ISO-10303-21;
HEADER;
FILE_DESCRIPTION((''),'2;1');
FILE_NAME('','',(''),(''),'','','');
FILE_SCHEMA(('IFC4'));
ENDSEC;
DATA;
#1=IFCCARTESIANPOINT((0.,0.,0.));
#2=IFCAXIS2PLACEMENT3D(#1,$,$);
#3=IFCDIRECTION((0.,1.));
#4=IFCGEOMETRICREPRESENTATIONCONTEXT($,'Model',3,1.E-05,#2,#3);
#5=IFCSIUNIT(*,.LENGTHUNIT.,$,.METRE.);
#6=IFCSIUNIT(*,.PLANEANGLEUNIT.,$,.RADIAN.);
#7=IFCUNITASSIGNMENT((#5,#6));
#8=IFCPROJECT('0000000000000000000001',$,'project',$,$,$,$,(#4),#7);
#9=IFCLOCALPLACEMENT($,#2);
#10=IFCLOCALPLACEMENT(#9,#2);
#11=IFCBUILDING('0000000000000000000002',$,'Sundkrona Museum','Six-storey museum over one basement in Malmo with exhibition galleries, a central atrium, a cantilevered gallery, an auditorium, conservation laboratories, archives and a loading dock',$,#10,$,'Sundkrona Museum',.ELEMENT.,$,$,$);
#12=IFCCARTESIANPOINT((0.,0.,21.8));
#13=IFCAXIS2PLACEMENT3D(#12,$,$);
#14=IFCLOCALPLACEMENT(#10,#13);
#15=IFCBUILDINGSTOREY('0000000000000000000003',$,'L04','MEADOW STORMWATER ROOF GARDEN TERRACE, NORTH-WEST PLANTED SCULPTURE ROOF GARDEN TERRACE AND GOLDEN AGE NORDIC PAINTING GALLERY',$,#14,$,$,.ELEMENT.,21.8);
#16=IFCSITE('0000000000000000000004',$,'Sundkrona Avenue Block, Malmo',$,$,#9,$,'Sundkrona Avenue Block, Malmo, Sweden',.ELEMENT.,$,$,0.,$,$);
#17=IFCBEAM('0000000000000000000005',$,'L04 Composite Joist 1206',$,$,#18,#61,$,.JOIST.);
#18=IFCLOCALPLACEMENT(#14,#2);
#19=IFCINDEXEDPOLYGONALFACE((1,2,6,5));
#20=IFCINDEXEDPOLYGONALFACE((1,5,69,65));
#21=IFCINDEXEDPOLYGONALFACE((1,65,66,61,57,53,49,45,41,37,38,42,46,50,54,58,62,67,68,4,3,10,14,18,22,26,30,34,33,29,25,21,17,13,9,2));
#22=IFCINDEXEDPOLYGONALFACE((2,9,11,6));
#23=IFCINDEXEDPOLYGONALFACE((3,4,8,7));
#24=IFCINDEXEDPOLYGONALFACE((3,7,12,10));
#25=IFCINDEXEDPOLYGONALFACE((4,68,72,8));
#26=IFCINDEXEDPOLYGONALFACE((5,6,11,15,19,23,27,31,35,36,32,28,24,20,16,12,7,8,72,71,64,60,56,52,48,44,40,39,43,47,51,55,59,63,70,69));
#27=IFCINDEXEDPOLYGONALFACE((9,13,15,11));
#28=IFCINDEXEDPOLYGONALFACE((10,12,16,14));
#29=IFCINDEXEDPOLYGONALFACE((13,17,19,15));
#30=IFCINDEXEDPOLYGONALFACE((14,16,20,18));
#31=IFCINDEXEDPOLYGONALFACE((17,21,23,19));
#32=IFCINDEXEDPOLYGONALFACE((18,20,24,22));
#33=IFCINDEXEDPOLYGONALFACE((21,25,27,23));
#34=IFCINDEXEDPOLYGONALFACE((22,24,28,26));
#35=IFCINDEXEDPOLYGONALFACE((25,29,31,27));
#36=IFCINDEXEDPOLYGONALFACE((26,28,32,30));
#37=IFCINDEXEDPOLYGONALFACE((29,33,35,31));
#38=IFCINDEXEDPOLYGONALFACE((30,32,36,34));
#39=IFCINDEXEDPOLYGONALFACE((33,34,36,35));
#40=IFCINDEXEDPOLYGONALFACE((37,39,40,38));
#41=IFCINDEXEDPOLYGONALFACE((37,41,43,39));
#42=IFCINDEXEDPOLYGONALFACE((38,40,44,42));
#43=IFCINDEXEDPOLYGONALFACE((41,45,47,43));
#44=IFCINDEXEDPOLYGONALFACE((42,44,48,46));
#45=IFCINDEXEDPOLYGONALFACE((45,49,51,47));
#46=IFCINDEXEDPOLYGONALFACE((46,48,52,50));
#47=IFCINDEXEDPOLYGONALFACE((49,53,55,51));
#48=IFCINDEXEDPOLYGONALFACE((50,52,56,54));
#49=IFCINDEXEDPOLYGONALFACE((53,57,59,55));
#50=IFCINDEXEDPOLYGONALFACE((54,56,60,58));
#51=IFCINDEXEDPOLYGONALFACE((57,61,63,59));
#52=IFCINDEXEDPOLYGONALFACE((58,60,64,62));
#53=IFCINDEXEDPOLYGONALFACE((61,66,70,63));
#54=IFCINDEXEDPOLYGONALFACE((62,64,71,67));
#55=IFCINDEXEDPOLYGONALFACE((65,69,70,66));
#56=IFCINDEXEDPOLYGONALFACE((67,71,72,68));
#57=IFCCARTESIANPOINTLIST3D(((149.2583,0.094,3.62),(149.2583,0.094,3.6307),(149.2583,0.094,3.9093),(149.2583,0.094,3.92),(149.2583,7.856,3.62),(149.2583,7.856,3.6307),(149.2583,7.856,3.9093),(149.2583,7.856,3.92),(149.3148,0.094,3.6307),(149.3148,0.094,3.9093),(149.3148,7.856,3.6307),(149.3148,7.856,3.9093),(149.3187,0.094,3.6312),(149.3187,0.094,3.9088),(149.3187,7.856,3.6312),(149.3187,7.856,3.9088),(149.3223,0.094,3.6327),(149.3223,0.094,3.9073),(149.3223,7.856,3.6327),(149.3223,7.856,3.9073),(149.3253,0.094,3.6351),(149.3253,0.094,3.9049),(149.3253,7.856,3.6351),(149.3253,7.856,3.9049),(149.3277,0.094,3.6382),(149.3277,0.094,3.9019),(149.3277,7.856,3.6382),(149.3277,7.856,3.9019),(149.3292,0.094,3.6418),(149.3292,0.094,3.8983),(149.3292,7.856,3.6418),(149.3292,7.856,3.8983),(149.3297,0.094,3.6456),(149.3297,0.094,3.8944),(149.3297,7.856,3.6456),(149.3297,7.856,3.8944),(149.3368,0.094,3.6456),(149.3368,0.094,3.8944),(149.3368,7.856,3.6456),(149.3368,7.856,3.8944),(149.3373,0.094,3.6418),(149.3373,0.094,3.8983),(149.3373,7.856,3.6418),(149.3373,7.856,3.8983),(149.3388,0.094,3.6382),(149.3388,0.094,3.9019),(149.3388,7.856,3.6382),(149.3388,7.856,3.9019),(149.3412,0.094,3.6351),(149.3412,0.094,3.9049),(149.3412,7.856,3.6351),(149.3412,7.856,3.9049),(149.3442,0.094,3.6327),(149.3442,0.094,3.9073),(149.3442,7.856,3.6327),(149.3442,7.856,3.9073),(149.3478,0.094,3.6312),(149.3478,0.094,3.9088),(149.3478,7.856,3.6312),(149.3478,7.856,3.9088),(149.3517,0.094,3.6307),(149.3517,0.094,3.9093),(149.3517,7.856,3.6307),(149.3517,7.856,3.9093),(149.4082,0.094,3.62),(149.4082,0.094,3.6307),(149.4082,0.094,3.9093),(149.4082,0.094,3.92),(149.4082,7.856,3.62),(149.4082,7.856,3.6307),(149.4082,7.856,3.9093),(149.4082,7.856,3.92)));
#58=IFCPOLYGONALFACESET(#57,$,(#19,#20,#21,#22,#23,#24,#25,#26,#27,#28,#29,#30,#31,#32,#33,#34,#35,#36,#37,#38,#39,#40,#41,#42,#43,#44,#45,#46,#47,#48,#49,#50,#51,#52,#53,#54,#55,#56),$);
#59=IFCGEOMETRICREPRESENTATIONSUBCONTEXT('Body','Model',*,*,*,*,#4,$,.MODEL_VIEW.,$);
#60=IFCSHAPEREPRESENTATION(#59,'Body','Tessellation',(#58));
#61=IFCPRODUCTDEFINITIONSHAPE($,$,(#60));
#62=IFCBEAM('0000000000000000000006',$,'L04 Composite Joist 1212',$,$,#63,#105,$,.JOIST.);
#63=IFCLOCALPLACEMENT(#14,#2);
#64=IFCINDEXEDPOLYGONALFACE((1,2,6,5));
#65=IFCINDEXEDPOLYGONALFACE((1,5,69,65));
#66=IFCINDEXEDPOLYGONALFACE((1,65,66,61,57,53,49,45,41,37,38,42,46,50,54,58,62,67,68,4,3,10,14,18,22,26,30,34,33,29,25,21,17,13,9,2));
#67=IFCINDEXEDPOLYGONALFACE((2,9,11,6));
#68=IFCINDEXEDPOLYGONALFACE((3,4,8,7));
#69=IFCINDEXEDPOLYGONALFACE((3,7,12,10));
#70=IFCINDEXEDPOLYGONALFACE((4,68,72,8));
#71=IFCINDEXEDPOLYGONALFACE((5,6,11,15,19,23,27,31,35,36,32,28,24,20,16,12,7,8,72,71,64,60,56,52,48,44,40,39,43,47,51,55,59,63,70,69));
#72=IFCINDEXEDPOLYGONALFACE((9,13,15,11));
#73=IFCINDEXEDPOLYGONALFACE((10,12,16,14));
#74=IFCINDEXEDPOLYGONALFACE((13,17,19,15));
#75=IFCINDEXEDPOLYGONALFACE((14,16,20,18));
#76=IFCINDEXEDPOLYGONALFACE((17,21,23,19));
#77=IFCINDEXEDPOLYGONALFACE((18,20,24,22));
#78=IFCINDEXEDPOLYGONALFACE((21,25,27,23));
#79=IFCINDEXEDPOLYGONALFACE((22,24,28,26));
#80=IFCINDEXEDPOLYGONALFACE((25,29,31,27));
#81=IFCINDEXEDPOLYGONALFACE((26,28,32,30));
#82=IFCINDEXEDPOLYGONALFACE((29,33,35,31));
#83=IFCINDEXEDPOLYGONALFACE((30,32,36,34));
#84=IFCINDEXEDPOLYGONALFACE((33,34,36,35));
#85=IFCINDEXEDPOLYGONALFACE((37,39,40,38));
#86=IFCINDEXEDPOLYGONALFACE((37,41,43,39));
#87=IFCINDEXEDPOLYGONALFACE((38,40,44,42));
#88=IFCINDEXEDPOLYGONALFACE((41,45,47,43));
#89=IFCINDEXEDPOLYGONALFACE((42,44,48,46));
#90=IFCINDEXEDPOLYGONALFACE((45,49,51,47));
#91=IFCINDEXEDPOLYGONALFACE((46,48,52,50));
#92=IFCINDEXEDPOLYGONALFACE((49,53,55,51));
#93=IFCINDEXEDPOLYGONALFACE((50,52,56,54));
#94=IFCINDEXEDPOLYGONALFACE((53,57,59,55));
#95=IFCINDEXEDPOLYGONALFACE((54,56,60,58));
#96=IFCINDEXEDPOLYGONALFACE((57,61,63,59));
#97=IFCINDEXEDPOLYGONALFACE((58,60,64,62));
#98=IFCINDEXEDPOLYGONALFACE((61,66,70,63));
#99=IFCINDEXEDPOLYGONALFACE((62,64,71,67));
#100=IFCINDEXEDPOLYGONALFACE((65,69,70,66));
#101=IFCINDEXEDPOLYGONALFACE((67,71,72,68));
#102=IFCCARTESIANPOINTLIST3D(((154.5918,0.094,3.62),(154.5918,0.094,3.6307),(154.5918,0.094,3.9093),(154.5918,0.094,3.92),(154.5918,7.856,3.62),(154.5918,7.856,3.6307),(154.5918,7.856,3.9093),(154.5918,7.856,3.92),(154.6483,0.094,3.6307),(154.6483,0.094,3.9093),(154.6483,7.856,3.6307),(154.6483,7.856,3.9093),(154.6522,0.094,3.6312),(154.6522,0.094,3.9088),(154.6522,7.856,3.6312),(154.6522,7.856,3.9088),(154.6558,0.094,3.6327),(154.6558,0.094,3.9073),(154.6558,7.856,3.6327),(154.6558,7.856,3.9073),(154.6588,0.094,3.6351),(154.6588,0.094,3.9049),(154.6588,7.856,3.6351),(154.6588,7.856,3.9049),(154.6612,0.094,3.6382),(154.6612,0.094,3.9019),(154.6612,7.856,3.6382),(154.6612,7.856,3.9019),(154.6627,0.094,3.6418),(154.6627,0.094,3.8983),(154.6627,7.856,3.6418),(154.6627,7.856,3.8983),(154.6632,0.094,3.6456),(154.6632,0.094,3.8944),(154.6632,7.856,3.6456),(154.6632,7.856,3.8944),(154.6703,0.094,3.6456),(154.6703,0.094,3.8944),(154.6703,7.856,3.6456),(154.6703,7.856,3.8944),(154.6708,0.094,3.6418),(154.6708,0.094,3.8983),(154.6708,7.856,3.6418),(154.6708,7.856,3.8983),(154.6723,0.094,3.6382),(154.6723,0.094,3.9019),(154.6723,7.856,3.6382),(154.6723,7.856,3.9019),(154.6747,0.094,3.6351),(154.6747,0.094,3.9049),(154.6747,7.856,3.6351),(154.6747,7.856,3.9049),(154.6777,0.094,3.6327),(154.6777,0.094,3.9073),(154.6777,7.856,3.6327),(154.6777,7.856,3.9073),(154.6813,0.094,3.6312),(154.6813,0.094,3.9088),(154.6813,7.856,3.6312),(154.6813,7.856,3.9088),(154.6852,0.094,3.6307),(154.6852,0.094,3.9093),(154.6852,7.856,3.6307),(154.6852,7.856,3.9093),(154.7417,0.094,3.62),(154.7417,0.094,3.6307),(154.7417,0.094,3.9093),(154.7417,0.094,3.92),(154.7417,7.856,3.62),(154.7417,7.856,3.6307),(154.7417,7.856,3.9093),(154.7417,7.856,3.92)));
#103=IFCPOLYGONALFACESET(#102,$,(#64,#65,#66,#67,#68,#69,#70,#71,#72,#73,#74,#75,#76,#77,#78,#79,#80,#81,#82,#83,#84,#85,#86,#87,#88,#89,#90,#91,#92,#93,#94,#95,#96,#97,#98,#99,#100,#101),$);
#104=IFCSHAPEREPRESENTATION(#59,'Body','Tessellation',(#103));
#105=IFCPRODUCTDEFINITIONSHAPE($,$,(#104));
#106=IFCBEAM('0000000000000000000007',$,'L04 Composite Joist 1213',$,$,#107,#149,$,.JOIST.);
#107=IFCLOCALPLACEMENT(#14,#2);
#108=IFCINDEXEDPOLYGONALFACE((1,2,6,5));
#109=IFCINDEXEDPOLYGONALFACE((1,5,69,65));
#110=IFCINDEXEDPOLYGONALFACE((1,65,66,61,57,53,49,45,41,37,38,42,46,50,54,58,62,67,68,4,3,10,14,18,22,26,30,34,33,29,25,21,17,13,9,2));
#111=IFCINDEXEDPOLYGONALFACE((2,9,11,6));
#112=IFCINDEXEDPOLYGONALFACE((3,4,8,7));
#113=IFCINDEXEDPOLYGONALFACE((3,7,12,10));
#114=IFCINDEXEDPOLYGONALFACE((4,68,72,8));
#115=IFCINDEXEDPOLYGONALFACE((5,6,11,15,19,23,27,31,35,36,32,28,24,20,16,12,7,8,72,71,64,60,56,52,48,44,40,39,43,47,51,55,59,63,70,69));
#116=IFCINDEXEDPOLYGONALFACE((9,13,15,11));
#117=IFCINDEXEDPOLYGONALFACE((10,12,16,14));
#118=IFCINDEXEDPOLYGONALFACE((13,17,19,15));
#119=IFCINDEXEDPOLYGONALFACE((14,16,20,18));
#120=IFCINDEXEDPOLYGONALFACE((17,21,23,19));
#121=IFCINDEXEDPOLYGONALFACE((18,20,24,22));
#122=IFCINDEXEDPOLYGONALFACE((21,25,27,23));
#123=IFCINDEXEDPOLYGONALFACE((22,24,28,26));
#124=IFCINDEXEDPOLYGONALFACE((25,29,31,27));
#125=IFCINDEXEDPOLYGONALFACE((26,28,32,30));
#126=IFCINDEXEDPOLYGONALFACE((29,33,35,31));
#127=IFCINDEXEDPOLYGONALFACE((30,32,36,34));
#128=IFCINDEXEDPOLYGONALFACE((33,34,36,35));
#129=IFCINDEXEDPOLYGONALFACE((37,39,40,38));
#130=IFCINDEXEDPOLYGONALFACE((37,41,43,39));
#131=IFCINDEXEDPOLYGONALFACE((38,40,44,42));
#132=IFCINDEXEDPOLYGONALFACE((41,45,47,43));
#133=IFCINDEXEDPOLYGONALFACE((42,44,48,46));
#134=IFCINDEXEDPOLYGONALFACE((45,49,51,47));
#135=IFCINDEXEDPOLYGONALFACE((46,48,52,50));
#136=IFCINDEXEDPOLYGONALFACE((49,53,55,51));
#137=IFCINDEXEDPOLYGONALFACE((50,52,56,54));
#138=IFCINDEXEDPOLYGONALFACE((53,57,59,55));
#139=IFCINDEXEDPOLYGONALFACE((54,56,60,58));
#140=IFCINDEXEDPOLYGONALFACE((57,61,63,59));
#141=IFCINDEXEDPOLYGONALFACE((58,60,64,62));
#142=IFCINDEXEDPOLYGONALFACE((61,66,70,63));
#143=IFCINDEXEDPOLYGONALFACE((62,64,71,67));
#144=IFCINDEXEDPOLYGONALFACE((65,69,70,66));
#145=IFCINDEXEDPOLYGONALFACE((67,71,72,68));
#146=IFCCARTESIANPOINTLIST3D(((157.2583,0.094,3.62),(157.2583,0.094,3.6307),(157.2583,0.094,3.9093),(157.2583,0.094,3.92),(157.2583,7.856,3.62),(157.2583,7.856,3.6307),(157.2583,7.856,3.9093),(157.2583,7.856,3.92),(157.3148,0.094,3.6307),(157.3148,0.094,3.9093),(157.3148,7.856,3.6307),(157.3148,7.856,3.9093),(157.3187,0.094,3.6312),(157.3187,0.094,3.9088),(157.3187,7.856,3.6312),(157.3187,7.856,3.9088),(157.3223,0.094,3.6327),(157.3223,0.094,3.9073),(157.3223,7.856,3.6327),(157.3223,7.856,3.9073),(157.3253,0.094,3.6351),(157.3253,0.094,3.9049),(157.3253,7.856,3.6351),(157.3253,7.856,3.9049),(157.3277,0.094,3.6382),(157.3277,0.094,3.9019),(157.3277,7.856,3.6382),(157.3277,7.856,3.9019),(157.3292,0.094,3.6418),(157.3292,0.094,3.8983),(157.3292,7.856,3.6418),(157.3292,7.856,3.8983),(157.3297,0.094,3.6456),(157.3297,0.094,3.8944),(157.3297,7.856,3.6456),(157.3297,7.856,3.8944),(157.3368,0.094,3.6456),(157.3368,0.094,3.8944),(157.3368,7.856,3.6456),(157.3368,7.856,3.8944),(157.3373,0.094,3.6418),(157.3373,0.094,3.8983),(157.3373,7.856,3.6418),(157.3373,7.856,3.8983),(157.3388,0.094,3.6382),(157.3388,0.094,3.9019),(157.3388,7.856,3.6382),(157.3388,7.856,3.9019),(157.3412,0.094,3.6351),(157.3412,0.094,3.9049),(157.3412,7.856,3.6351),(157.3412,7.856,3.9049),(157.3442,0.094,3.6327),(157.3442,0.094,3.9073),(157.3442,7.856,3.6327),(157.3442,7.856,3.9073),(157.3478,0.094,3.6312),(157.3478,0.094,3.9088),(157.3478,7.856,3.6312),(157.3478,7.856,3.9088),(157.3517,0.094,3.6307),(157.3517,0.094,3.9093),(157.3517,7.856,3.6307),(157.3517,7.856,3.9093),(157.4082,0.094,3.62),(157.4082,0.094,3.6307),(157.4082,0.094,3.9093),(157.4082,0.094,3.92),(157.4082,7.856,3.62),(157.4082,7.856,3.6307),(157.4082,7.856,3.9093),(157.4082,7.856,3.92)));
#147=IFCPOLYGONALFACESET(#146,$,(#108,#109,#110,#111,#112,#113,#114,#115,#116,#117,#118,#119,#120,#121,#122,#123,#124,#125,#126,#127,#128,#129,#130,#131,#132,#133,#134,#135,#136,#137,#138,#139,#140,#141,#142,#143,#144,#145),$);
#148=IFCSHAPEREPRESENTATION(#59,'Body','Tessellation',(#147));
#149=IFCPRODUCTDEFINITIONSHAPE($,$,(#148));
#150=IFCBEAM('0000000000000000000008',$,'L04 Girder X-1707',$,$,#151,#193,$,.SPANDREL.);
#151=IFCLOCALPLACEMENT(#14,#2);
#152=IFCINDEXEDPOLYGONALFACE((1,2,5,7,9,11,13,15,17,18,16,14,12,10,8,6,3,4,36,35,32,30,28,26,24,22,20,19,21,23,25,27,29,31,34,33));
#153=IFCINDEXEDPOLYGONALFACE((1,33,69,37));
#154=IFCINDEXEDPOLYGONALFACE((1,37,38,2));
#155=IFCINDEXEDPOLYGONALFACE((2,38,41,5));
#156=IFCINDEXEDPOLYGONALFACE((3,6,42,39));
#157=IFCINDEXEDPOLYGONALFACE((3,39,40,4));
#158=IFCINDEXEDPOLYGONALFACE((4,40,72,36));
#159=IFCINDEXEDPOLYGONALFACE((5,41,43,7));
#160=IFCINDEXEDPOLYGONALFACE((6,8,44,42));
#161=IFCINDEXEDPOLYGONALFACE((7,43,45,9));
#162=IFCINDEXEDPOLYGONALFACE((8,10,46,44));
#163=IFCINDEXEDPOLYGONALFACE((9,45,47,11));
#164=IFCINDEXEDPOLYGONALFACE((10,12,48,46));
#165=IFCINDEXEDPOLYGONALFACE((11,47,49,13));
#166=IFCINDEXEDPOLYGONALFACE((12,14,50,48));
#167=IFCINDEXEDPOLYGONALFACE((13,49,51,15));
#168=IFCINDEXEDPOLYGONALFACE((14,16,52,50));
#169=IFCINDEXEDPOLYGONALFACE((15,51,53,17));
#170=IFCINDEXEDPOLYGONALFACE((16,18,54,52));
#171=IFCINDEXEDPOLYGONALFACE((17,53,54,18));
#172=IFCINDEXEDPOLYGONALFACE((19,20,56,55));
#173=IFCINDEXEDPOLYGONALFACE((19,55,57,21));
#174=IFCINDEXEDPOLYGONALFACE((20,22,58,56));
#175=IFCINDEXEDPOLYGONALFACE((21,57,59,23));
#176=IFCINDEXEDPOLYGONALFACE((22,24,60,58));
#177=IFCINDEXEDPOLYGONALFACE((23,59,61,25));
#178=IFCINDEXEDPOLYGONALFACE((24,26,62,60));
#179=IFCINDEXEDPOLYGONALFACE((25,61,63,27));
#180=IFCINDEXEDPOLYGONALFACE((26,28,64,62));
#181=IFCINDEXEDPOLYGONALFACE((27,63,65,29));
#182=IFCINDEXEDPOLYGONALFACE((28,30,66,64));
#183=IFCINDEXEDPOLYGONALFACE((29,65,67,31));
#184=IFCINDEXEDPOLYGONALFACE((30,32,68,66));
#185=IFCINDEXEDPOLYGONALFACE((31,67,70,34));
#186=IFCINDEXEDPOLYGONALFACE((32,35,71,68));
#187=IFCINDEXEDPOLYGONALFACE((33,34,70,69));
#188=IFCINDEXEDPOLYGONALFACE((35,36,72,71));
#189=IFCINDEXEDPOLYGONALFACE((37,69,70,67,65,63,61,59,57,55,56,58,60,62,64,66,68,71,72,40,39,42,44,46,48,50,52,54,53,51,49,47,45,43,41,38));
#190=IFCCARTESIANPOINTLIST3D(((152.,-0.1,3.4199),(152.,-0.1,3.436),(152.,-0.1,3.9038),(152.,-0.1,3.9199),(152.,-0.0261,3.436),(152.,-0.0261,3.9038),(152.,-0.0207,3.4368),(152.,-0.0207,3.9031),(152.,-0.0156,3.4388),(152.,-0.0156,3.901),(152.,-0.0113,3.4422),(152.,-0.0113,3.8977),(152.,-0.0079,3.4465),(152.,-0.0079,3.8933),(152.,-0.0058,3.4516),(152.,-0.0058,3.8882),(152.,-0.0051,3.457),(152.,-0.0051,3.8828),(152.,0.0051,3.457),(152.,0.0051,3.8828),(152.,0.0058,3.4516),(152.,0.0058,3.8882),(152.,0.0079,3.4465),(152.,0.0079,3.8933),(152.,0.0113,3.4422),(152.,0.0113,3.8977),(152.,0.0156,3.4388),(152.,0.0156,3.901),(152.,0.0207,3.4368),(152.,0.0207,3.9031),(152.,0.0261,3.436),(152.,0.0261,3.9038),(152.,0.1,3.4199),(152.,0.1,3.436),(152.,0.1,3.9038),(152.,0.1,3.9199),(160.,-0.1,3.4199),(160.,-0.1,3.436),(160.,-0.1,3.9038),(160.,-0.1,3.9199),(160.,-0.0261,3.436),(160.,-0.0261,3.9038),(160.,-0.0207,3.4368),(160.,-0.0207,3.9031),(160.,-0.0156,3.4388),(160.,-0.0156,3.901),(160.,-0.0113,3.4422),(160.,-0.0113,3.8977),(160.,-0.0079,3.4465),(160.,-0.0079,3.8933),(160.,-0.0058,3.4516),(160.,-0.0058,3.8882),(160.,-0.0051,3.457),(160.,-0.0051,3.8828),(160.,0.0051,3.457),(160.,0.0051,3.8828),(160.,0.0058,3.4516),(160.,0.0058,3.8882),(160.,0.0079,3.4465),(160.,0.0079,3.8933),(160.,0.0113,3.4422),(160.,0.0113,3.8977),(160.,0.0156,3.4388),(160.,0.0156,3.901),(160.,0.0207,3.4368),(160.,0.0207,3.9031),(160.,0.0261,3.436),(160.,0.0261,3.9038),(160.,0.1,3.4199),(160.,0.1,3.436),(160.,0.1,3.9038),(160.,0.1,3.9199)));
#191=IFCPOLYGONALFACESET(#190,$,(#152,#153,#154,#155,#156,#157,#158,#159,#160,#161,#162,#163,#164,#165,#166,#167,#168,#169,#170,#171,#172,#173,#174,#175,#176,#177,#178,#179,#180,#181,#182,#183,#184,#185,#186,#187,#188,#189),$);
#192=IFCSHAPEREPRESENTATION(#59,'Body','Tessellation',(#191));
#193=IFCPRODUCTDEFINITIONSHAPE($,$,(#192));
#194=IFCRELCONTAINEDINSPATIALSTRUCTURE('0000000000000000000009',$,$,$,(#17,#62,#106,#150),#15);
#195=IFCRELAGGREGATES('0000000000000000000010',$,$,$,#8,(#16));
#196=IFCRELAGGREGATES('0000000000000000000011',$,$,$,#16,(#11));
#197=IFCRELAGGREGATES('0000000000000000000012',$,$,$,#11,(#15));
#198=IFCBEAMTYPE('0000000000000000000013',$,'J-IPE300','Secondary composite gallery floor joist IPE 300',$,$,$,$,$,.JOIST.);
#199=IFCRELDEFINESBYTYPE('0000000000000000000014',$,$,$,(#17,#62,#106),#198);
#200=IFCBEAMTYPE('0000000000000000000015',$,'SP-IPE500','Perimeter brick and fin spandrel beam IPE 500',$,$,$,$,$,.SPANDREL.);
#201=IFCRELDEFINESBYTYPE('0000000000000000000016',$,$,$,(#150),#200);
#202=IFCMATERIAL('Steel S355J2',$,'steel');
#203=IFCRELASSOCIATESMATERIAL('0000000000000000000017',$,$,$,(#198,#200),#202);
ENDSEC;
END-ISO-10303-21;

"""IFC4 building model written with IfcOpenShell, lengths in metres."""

from ifc_helpers import new_model, si_unit, direction, frame, origin, origin_2d, place, context, subcontext, project, spatial, i_section, extrude, material, material_profile, profile_set, type_object, element, save


model = new_model("IFC4")

# Units and contexts
model_context = context("Model", 3, precision=1e-05, world=origin(), true_north=direction((0.0, 1.0)))
body_context = subcontext(model_context, "Body", "Model", "MODEL_VIEW")
ifc_project = project(units=[si_unit("LENGTHUNIT", "METRE"), si_unit("PLANEANGLEUNIT", "RADIAN")], contexts=[model_context])

# Site, building, storey
site_placement = place(None, origin())
site = spatial("IfcSite", under=ifc_project, at=site_placement, Name="Sundkrona Avenue Block, Malmo", LongName="Sundkrona Avenue Block, Malmo, Sweden", CompositionType="ELEMENT", RefElevation=0.0)
building_placement = place(site_placement, origin())
building = spatial("IfcBuilding", under=site, at=building_placement, Name="Sundkrona Museum", Description="Six-storey museum over one basement in Malmo with exhibition galleries, a central atrium, a cantilevered gallery, an auditorium, conservation laboratories, archives and a loading dock", LongName="Sundkrona Museum", CompositionType="ELEMENT")
storey_placement = place(building_placement, frame((0.0, 0.0, 21.8)))
storey = spatial("IfcBuildingStorey", under=building, at=storey_placement, Name="L04", Description="MEADOW STORMWATER ROOF GARDEN TERRACE, NORTH-WEST PLANTED SCULPTURE ROOF GARDEN TERRACE AND GOLDEN AGE NORDIC PAINTING GALLERY", CompositionType="ELEMENT", Elevation=21.8)

# Shared definitions
ifc_material_1 = material(Name="Steel S355J2", Category="steel")

# Beams
ifc_material_profile_1 = material_profile(ifc_material_1, i_section(OverallWidth=0.1499, OverallDepth=0.3, WebThickness=0.0071, FlangeThickness=0.0107, FilletRadius=0.0149, at=origin_2d()), Name="IPE 300")
ifc_profile_set_1 = profile_set([ifc_material_profile_1], Name="Steel S355J2")
beam_type_1 = type_object("IfcBeamType", Name="J-IPE300", Description="Secondary composite gallery floor joist IPE 300", PredefinedType="JOIST", material=ifc_profile_set_1)
for number, where, z_axis, x_axis, name in (
    (1, (149.3333, 0.094, 3.77), (0.0, 1.0, 0.0), (-1.0, 0.0, 0.0), "L04 Composite Joist 1206"),
    (2, (154.6667, 0.094, 3.77), (0.0, 1.0, 0.0), (-1.0, 0.0, 0.0), "L04 Composite Joist 1212"),
    (3, (157.3333, 0.094, 3.77), (0.0, 1.0, 0.0), (-1.0, 0.0, 0.0), "L04 Composite Joist 1213"),
):
    element("IfcBeam", number, at=place(storey_placement, frame(where, z_axis=z_axis, x_axis=x_axis)), inside=storey, type_object=beam_type_1, Name=name, PredefinedType="JOIST", context=body_context, shape_type="SweptSolid", body=[
        extrude(i_section(OverallWidth=0.1499, OverallDepth=0.3, WebThickness=0.0071, FlangeThickness=0.0107, FilletRadius=0.0149, at=origin_2d()), origin(), (0.0, 0.0, 1.0), 7.762),
    ])
ifc_material_profile_2 = material_profile(ifc_material_1, i_section(OverallWidth=0.2, OverallDepth=0.5, WebThickness=0.0103, FlangeThickness=0.0161, FilletRadius=0.021, at=origin_2d()), Name="IPE 500")
ifc_profile_set_2 = profile_set([ifc_material_profile_2], Name="Steel S355J2")
beam_type_2 = type_object("IfcBeamType", Name="SP-IPE500", Description="Perimeter brick and fin spandrel beam IPE 500", PredefinedType="SPANDREL", material=ifc_profile_set_2)
for number, where, z_axis, x_axis, name in (
    (4, (152.0, 0.0, 3.6699), (1.0, 0.0, 0.0), (0.0, 1.0, 0.0), "L04 Girder X-1707"),
):
    element("IfcBeam", number, at=place(storey_placement, frame(where, z_axis=z_axis, x_axis=x_axis)), inside=storey, type_object=beam_type_2, Name=name, PredefinedType="SPANDREL", context=body_context, shape_type="SweptSolid", body=[
        extrude(i_section(OverallWidth=0.2, OverallDepth=0.5, WebThickness=0.0103, FlangeThickness=0.0161, FilletRadius=0.021, at=origin_2d()), origin(), (0.0, 0.0, 1.0), 8.0),
    ])

save(model, "model.ifc")
